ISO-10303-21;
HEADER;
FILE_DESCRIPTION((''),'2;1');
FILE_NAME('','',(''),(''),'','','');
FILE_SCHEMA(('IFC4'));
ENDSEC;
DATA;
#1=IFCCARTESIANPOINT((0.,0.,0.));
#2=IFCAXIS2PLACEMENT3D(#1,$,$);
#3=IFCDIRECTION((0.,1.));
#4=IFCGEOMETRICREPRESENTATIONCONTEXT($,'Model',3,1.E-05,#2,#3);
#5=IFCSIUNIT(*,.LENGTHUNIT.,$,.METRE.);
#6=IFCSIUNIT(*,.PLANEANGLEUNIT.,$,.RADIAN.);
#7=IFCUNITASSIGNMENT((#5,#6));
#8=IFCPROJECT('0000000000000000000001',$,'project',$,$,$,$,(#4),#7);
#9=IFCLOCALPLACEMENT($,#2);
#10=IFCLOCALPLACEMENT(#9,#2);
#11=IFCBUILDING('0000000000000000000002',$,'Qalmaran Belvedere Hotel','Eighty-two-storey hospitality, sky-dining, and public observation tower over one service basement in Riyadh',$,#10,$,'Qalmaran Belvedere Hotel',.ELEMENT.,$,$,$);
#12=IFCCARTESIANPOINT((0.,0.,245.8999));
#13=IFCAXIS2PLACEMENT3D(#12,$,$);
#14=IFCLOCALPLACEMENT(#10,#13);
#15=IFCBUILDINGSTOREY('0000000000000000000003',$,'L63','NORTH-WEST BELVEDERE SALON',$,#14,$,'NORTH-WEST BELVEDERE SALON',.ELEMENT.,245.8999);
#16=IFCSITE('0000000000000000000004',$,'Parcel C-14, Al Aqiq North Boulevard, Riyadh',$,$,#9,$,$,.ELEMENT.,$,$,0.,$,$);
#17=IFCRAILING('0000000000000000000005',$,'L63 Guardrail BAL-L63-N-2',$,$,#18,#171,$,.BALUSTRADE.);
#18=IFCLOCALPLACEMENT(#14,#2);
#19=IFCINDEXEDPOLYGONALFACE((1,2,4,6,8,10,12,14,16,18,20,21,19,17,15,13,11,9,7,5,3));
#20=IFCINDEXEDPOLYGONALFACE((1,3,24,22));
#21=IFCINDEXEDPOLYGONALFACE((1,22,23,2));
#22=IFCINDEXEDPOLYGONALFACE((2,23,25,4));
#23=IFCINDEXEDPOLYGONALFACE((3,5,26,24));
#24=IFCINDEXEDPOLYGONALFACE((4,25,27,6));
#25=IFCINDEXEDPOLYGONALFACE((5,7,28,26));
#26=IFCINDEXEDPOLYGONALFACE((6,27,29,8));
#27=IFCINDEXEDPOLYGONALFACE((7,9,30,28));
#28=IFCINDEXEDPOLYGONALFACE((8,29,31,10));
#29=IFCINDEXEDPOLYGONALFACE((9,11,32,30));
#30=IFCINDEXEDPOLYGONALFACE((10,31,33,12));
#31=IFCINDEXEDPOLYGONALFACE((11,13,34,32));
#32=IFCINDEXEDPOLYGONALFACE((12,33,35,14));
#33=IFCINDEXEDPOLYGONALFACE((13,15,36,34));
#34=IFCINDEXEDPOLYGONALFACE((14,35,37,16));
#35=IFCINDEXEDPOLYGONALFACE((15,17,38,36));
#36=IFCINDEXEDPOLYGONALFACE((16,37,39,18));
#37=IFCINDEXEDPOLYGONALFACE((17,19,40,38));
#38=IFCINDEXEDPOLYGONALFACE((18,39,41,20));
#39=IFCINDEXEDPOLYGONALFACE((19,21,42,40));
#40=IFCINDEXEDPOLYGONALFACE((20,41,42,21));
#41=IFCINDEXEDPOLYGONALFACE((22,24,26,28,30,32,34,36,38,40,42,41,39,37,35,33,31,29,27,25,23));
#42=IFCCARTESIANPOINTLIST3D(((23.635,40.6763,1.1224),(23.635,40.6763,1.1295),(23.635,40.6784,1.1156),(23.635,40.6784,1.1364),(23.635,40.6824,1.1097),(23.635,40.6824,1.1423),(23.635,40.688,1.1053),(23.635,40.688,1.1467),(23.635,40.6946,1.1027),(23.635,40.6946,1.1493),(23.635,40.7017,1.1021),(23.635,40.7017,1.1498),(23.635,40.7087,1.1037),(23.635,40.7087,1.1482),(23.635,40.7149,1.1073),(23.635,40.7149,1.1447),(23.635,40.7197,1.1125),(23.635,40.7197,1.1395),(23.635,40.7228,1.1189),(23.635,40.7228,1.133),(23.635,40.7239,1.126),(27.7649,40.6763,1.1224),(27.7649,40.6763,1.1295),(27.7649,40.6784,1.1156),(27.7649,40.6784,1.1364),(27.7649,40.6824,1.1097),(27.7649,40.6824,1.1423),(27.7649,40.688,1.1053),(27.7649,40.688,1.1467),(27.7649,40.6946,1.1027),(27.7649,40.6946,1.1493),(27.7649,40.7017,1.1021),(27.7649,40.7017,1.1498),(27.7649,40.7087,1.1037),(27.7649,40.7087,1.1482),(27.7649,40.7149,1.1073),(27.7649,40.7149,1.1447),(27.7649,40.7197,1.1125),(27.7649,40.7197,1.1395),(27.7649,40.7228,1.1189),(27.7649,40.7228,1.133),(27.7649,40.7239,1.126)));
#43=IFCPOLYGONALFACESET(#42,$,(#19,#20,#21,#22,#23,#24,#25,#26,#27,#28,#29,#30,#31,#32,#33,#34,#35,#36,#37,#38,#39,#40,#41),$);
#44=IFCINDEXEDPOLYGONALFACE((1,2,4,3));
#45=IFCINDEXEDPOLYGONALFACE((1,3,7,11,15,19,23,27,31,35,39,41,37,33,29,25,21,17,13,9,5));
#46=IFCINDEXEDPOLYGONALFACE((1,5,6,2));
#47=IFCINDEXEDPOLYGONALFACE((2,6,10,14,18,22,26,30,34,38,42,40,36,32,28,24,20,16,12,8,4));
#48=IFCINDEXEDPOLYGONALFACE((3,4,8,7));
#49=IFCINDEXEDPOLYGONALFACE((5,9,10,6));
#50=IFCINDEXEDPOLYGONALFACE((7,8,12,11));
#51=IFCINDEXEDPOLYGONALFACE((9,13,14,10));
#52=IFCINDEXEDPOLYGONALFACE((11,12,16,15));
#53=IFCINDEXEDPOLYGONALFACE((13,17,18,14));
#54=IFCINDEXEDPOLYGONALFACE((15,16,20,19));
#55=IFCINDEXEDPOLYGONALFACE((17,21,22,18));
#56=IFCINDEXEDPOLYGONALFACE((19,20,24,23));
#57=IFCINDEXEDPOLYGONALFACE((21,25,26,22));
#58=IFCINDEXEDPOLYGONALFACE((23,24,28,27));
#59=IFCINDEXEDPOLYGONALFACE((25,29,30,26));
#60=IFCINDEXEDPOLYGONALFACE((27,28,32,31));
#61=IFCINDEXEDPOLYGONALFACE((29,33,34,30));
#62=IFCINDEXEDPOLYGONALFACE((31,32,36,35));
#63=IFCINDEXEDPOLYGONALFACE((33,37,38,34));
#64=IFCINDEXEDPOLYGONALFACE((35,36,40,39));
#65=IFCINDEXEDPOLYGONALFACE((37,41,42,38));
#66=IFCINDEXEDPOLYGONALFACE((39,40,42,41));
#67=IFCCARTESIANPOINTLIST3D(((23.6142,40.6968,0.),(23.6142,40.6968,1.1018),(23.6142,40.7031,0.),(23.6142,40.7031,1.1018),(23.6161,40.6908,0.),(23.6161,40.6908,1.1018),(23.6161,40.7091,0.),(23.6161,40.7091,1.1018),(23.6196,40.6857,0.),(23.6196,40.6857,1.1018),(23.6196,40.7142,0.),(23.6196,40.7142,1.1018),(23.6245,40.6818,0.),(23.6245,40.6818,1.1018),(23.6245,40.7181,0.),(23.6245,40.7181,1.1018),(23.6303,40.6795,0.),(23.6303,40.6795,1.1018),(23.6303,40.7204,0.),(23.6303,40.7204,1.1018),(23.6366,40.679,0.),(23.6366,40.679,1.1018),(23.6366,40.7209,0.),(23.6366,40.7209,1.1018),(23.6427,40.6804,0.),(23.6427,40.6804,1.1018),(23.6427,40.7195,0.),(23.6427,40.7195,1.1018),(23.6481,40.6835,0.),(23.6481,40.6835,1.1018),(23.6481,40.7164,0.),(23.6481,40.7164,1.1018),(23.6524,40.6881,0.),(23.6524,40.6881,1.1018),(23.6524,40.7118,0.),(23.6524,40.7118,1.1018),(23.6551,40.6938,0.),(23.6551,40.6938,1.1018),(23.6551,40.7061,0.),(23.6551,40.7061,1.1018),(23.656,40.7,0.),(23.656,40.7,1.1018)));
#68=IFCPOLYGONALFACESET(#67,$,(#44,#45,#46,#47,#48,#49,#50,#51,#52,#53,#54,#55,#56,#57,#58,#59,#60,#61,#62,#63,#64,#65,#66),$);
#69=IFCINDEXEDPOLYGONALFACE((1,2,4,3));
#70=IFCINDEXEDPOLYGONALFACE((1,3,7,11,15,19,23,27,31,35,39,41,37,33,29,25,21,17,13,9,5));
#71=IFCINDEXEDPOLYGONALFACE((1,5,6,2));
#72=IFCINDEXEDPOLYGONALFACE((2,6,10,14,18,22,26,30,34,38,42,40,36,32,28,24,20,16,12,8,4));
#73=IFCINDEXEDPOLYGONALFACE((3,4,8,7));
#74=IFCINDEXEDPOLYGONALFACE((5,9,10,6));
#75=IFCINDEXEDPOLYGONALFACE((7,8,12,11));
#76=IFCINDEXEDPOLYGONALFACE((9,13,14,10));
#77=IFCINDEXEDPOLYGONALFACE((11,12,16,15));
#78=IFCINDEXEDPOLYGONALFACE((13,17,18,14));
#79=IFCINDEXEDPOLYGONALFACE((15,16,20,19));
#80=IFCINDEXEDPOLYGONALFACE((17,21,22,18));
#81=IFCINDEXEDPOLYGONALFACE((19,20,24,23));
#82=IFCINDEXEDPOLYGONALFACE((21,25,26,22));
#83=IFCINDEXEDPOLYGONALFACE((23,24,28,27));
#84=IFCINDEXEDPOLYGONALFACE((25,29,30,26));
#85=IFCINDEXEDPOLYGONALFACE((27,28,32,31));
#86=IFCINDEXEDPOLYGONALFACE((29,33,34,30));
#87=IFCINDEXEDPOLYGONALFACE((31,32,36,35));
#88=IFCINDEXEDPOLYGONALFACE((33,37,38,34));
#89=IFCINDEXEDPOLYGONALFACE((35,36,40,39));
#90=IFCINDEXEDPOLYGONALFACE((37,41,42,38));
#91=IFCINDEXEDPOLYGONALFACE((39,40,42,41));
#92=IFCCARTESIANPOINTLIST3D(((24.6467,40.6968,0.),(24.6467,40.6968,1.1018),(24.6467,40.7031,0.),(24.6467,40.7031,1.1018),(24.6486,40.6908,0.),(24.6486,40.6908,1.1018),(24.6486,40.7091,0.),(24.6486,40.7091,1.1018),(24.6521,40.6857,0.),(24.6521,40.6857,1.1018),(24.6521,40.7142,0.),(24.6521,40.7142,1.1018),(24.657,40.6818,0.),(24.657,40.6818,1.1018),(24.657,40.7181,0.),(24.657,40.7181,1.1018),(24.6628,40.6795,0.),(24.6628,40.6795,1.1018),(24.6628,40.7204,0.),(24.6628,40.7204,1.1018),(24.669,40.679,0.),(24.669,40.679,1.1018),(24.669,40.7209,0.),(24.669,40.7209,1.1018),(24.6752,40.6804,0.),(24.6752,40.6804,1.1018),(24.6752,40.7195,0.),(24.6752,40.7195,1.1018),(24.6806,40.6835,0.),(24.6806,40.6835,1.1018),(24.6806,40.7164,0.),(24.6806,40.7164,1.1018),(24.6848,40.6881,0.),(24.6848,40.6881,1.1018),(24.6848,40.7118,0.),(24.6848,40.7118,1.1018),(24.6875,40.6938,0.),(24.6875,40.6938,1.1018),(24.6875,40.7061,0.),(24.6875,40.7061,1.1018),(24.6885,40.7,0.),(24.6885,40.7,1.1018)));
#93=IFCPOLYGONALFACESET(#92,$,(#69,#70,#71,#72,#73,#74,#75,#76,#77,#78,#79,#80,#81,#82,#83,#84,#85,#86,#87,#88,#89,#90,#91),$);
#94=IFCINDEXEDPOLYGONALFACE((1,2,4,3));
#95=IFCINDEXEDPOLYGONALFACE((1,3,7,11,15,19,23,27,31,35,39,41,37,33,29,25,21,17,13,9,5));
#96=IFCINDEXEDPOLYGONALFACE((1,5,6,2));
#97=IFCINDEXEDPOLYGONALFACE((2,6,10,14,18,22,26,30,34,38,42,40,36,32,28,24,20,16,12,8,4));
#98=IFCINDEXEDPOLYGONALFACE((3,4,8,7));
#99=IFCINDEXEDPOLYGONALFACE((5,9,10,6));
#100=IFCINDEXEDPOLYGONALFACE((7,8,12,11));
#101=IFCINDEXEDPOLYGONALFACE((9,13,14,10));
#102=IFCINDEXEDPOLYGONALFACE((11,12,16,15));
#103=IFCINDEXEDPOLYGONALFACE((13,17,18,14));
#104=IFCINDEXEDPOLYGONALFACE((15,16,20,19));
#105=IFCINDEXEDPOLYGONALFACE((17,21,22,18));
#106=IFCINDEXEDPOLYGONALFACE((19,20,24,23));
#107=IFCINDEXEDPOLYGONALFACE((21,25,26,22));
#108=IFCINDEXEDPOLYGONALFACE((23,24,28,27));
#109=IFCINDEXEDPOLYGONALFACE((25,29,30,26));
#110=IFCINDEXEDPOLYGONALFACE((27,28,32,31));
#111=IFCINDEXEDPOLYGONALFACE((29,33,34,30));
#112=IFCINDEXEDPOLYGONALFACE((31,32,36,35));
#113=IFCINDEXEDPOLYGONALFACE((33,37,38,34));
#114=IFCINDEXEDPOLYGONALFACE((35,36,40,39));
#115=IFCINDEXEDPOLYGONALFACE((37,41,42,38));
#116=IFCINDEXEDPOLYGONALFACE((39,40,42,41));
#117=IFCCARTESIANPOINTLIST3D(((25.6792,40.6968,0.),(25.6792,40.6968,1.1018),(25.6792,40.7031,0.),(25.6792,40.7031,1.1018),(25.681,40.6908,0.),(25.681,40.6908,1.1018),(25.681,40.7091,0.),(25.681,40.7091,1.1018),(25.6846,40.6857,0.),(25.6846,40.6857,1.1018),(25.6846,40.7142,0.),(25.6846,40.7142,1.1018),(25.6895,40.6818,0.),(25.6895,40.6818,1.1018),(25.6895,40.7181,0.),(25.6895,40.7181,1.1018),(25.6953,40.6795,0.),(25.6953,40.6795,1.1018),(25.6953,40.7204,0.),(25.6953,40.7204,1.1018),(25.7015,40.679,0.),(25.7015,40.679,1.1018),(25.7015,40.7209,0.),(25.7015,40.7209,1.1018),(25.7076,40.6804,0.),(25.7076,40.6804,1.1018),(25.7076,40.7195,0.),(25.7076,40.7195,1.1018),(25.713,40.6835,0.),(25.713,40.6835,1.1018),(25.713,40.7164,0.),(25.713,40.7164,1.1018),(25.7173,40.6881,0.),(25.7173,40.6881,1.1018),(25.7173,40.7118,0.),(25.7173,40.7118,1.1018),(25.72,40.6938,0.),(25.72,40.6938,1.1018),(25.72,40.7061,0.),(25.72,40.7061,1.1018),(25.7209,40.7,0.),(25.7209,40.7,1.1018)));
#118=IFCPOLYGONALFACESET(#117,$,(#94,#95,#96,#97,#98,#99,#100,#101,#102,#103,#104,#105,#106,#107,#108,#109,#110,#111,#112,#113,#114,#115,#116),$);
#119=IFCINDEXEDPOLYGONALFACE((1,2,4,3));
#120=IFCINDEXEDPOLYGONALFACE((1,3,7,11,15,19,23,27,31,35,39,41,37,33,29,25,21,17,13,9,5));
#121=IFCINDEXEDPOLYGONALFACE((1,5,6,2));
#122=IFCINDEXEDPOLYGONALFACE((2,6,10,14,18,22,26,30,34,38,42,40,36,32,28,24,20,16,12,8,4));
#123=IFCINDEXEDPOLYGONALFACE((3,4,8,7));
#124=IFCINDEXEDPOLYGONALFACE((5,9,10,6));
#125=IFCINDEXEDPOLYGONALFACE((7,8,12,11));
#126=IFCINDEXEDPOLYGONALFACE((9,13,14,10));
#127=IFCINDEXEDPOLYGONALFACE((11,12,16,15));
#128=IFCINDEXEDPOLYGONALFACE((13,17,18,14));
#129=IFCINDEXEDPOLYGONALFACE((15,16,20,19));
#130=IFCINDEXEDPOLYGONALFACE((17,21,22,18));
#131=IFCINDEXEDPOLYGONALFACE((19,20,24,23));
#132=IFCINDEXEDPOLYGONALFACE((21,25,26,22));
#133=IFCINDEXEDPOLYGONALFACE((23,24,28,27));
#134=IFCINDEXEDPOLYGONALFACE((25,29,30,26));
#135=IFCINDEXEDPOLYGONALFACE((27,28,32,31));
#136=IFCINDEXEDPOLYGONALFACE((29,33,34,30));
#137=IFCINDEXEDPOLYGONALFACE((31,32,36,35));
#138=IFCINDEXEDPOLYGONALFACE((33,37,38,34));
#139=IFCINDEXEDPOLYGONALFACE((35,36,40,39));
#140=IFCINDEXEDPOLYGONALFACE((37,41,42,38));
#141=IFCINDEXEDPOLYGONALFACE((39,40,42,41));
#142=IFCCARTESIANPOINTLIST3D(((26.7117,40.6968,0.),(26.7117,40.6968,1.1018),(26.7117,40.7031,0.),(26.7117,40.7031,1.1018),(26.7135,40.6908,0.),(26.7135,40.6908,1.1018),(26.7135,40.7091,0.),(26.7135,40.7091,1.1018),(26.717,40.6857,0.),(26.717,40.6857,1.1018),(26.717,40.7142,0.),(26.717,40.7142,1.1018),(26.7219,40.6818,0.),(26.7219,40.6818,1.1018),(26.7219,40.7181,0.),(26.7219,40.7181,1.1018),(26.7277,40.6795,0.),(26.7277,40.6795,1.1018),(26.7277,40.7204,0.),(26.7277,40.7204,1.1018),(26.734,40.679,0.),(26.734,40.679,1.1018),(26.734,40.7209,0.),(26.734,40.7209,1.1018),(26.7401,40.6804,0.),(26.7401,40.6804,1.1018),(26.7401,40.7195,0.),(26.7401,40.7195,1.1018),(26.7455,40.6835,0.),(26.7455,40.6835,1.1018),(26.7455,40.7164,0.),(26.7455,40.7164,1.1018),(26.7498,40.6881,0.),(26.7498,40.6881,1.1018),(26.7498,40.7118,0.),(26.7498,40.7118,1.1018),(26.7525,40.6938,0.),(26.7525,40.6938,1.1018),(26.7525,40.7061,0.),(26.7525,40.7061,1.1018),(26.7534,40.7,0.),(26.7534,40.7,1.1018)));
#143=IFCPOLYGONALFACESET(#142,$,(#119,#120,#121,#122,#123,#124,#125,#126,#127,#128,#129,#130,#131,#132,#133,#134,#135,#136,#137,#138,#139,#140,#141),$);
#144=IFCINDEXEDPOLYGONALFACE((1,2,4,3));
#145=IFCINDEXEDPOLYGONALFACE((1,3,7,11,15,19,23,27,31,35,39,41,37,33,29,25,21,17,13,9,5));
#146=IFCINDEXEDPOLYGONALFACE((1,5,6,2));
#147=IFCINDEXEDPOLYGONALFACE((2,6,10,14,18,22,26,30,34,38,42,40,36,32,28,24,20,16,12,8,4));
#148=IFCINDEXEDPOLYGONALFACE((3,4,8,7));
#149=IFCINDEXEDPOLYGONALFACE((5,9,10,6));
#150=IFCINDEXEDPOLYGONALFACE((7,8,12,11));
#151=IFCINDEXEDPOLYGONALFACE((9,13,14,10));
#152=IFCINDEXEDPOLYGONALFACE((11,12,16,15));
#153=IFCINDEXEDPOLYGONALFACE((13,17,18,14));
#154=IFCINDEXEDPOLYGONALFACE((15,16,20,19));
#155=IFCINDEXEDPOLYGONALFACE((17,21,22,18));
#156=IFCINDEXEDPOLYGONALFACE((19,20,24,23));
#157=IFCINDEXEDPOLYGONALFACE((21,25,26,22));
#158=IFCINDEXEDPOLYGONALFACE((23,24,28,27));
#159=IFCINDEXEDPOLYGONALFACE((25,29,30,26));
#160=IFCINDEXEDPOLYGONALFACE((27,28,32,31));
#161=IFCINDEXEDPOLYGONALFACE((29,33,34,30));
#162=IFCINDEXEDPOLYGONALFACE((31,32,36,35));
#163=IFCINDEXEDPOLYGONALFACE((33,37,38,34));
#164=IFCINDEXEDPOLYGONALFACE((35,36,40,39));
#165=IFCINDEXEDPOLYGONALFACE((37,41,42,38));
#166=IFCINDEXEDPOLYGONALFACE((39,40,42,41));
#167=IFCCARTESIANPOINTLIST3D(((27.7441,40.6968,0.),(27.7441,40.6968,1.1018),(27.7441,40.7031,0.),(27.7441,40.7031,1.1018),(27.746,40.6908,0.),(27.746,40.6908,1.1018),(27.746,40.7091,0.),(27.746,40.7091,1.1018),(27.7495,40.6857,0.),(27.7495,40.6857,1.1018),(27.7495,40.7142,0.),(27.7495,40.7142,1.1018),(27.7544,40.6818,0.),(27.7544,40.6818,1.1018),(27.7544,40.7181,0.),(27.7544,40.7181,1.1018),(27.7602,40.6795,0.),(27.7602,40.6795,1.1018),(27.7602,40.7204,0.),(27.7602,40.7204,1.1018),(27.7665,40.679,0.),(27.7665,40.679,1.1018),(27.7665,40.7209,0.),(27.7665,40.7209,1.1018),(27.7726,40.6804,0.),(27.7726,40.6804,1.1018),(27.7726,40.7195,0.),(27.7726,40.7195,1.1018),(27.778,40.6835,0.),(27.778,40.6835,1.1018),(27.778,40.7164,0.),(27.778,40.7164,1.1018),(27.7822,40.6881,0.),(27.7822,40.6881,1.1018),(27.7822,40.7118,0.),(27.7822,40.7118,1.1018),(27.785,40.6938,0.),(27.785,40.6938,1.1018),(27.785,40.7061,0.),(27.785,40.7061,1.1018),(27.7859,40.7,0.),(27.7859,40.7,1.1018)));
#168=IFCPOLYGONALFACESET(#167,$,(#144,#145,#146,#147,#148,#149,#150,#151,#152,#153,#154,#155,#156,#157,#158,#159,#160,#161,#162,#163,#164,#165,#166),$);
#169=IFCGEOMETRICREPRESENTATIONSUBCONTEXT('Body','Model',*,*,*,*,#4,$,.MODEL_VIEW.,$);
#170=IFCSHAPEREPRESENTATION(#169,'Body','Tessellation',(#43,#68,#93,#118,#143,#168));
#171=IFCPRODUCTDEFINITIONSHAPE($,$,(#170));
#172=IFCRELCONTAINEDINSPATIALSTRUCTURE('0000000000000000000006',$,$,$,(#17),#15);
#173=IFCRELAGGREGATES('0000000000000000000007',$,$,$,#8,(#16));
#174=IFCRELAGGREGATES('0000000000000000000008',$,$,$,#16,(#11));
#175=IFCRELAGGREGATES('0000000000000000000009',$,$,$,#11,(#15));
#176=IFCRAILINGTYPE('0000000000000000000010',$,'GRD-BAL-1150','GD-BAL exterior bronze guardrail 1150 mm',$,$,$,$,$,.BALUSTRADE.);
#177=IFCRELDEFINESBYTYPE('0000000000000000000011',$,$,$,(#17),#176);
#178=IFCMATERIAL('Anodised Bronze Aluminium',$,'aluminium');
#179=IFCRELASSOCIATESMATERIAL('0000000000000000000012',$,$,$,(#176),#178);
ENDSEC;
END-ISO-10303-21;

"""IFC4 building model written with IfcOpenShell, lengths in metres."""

from ifc_helpers import new_model, si_unit, direction, frame, origin, origin_2d, place, context, subcontext, project, spatial, circle, extrude, material, type_object, element, save


model = new_model("IFC4")

# Units and contexts
model_context = context("Model", 3, precision=1e-05, world=origin(), true_north=direction((0.0, 1.0)))
body_context = subcontext(model_context, "Body", "Model", "MODEL_VIEW")
ifc_project = project(units=[si_unit("LENGTHUNIT", "METRE"), si_unit("PLANEANGLEUNIT", "RADIAN")], contexts=[model_context])

# Site, building, storey
site_placement = place(None, origin())
site = spatial("IfcSite", under=ifc_project, at=site_placement, Name="Parcel C-14, Al Aqiq North Boulevard, Riyadh", CompositionType="ELEMENT", RefElevation=0.0)
building_placement = place(site_placement, origin())
building = spatial("IfcBuilding", under=site, at=building_placement, Name="Qalmaran Belvedere Hotel", Description="Eighty-two-storey hospitality, sky-dining, and public observation tower over one service basement in Riyadh", LongName="Qalmaran Belvedere Hotel", CompositionType="ELEMENT")
storey_placement = place(building_placement, frame((0.0, 0.0, 245.8999)))
storey = spatial("IfcBuildingStorey", under=building, at=storey_placement, Name="L63", Description="NORTH-WEST BELVEDERE SALON", LongName="NORTH-WEST BELVEDERE SALON", CompositionType="ELEMENT", Elevation=245.8999)

# Shared definitions
ifc_material_1 = material(Name="Anodised Bronze Aluminium", Category="aluminium")

# Railing
railing_type = type_object("IfcRailingType", Name="GRD-BAL-1150", Description="GD-BAL exterior bronze guardrail 1150 mm", PredefinedType="BALUSTRADE", material=ifc_material_1)
railing_1_placement = place(storey_placement, frame((23.635, 40.7, 0.0)))
element("IfcRailing", 1, at=railing_1_placement, inside=storey, type_object=railing_type, Name="L63 Guardrail BAL-L63-N-2", PredefinedType="BALUSTRADE", context=body_context, shape_type="SweptSolid", body=[
    extrude(circle(Radius=0.0239, at=origin_2d()), frame((0.0, 0.0, 1.126), z_axis=(1.0, 0.0, 0.0), x_axis=(0.0, 1.0, 0.0)), (0.0, 0.0, 1.0), 4.1299),
    extrude(circle(Radius=0.021, at=origin_2d()), origin(), (0.0, 0.0, 1.0), 1.1018),
    extrude(circle(Radius=0.021, at=origin_2d()), frame((1.0325, 0.0, 0.0)), (0.0, 0.0, 1.0), 1.1018),
    extrude(circle(Radius=0.021, at=origin_2d()), frame((2.0649, 0.0, 0.0)), (0.0, 0.0, 1.0), 1.1018),
    extrude(circle(Radius=0.021, at=origin_2d()), frame((3.0974, 0.0, 0.0)), (0.0, 0.0, 1.0), 1.1018),
    extrude(circle(Radius=0.021, at=origin_2d()), frame((4.1299, 0.0, 0.0)), (0.0, 0.0, 1.0), 1.1018),
])

save(model, "model.ifc")
